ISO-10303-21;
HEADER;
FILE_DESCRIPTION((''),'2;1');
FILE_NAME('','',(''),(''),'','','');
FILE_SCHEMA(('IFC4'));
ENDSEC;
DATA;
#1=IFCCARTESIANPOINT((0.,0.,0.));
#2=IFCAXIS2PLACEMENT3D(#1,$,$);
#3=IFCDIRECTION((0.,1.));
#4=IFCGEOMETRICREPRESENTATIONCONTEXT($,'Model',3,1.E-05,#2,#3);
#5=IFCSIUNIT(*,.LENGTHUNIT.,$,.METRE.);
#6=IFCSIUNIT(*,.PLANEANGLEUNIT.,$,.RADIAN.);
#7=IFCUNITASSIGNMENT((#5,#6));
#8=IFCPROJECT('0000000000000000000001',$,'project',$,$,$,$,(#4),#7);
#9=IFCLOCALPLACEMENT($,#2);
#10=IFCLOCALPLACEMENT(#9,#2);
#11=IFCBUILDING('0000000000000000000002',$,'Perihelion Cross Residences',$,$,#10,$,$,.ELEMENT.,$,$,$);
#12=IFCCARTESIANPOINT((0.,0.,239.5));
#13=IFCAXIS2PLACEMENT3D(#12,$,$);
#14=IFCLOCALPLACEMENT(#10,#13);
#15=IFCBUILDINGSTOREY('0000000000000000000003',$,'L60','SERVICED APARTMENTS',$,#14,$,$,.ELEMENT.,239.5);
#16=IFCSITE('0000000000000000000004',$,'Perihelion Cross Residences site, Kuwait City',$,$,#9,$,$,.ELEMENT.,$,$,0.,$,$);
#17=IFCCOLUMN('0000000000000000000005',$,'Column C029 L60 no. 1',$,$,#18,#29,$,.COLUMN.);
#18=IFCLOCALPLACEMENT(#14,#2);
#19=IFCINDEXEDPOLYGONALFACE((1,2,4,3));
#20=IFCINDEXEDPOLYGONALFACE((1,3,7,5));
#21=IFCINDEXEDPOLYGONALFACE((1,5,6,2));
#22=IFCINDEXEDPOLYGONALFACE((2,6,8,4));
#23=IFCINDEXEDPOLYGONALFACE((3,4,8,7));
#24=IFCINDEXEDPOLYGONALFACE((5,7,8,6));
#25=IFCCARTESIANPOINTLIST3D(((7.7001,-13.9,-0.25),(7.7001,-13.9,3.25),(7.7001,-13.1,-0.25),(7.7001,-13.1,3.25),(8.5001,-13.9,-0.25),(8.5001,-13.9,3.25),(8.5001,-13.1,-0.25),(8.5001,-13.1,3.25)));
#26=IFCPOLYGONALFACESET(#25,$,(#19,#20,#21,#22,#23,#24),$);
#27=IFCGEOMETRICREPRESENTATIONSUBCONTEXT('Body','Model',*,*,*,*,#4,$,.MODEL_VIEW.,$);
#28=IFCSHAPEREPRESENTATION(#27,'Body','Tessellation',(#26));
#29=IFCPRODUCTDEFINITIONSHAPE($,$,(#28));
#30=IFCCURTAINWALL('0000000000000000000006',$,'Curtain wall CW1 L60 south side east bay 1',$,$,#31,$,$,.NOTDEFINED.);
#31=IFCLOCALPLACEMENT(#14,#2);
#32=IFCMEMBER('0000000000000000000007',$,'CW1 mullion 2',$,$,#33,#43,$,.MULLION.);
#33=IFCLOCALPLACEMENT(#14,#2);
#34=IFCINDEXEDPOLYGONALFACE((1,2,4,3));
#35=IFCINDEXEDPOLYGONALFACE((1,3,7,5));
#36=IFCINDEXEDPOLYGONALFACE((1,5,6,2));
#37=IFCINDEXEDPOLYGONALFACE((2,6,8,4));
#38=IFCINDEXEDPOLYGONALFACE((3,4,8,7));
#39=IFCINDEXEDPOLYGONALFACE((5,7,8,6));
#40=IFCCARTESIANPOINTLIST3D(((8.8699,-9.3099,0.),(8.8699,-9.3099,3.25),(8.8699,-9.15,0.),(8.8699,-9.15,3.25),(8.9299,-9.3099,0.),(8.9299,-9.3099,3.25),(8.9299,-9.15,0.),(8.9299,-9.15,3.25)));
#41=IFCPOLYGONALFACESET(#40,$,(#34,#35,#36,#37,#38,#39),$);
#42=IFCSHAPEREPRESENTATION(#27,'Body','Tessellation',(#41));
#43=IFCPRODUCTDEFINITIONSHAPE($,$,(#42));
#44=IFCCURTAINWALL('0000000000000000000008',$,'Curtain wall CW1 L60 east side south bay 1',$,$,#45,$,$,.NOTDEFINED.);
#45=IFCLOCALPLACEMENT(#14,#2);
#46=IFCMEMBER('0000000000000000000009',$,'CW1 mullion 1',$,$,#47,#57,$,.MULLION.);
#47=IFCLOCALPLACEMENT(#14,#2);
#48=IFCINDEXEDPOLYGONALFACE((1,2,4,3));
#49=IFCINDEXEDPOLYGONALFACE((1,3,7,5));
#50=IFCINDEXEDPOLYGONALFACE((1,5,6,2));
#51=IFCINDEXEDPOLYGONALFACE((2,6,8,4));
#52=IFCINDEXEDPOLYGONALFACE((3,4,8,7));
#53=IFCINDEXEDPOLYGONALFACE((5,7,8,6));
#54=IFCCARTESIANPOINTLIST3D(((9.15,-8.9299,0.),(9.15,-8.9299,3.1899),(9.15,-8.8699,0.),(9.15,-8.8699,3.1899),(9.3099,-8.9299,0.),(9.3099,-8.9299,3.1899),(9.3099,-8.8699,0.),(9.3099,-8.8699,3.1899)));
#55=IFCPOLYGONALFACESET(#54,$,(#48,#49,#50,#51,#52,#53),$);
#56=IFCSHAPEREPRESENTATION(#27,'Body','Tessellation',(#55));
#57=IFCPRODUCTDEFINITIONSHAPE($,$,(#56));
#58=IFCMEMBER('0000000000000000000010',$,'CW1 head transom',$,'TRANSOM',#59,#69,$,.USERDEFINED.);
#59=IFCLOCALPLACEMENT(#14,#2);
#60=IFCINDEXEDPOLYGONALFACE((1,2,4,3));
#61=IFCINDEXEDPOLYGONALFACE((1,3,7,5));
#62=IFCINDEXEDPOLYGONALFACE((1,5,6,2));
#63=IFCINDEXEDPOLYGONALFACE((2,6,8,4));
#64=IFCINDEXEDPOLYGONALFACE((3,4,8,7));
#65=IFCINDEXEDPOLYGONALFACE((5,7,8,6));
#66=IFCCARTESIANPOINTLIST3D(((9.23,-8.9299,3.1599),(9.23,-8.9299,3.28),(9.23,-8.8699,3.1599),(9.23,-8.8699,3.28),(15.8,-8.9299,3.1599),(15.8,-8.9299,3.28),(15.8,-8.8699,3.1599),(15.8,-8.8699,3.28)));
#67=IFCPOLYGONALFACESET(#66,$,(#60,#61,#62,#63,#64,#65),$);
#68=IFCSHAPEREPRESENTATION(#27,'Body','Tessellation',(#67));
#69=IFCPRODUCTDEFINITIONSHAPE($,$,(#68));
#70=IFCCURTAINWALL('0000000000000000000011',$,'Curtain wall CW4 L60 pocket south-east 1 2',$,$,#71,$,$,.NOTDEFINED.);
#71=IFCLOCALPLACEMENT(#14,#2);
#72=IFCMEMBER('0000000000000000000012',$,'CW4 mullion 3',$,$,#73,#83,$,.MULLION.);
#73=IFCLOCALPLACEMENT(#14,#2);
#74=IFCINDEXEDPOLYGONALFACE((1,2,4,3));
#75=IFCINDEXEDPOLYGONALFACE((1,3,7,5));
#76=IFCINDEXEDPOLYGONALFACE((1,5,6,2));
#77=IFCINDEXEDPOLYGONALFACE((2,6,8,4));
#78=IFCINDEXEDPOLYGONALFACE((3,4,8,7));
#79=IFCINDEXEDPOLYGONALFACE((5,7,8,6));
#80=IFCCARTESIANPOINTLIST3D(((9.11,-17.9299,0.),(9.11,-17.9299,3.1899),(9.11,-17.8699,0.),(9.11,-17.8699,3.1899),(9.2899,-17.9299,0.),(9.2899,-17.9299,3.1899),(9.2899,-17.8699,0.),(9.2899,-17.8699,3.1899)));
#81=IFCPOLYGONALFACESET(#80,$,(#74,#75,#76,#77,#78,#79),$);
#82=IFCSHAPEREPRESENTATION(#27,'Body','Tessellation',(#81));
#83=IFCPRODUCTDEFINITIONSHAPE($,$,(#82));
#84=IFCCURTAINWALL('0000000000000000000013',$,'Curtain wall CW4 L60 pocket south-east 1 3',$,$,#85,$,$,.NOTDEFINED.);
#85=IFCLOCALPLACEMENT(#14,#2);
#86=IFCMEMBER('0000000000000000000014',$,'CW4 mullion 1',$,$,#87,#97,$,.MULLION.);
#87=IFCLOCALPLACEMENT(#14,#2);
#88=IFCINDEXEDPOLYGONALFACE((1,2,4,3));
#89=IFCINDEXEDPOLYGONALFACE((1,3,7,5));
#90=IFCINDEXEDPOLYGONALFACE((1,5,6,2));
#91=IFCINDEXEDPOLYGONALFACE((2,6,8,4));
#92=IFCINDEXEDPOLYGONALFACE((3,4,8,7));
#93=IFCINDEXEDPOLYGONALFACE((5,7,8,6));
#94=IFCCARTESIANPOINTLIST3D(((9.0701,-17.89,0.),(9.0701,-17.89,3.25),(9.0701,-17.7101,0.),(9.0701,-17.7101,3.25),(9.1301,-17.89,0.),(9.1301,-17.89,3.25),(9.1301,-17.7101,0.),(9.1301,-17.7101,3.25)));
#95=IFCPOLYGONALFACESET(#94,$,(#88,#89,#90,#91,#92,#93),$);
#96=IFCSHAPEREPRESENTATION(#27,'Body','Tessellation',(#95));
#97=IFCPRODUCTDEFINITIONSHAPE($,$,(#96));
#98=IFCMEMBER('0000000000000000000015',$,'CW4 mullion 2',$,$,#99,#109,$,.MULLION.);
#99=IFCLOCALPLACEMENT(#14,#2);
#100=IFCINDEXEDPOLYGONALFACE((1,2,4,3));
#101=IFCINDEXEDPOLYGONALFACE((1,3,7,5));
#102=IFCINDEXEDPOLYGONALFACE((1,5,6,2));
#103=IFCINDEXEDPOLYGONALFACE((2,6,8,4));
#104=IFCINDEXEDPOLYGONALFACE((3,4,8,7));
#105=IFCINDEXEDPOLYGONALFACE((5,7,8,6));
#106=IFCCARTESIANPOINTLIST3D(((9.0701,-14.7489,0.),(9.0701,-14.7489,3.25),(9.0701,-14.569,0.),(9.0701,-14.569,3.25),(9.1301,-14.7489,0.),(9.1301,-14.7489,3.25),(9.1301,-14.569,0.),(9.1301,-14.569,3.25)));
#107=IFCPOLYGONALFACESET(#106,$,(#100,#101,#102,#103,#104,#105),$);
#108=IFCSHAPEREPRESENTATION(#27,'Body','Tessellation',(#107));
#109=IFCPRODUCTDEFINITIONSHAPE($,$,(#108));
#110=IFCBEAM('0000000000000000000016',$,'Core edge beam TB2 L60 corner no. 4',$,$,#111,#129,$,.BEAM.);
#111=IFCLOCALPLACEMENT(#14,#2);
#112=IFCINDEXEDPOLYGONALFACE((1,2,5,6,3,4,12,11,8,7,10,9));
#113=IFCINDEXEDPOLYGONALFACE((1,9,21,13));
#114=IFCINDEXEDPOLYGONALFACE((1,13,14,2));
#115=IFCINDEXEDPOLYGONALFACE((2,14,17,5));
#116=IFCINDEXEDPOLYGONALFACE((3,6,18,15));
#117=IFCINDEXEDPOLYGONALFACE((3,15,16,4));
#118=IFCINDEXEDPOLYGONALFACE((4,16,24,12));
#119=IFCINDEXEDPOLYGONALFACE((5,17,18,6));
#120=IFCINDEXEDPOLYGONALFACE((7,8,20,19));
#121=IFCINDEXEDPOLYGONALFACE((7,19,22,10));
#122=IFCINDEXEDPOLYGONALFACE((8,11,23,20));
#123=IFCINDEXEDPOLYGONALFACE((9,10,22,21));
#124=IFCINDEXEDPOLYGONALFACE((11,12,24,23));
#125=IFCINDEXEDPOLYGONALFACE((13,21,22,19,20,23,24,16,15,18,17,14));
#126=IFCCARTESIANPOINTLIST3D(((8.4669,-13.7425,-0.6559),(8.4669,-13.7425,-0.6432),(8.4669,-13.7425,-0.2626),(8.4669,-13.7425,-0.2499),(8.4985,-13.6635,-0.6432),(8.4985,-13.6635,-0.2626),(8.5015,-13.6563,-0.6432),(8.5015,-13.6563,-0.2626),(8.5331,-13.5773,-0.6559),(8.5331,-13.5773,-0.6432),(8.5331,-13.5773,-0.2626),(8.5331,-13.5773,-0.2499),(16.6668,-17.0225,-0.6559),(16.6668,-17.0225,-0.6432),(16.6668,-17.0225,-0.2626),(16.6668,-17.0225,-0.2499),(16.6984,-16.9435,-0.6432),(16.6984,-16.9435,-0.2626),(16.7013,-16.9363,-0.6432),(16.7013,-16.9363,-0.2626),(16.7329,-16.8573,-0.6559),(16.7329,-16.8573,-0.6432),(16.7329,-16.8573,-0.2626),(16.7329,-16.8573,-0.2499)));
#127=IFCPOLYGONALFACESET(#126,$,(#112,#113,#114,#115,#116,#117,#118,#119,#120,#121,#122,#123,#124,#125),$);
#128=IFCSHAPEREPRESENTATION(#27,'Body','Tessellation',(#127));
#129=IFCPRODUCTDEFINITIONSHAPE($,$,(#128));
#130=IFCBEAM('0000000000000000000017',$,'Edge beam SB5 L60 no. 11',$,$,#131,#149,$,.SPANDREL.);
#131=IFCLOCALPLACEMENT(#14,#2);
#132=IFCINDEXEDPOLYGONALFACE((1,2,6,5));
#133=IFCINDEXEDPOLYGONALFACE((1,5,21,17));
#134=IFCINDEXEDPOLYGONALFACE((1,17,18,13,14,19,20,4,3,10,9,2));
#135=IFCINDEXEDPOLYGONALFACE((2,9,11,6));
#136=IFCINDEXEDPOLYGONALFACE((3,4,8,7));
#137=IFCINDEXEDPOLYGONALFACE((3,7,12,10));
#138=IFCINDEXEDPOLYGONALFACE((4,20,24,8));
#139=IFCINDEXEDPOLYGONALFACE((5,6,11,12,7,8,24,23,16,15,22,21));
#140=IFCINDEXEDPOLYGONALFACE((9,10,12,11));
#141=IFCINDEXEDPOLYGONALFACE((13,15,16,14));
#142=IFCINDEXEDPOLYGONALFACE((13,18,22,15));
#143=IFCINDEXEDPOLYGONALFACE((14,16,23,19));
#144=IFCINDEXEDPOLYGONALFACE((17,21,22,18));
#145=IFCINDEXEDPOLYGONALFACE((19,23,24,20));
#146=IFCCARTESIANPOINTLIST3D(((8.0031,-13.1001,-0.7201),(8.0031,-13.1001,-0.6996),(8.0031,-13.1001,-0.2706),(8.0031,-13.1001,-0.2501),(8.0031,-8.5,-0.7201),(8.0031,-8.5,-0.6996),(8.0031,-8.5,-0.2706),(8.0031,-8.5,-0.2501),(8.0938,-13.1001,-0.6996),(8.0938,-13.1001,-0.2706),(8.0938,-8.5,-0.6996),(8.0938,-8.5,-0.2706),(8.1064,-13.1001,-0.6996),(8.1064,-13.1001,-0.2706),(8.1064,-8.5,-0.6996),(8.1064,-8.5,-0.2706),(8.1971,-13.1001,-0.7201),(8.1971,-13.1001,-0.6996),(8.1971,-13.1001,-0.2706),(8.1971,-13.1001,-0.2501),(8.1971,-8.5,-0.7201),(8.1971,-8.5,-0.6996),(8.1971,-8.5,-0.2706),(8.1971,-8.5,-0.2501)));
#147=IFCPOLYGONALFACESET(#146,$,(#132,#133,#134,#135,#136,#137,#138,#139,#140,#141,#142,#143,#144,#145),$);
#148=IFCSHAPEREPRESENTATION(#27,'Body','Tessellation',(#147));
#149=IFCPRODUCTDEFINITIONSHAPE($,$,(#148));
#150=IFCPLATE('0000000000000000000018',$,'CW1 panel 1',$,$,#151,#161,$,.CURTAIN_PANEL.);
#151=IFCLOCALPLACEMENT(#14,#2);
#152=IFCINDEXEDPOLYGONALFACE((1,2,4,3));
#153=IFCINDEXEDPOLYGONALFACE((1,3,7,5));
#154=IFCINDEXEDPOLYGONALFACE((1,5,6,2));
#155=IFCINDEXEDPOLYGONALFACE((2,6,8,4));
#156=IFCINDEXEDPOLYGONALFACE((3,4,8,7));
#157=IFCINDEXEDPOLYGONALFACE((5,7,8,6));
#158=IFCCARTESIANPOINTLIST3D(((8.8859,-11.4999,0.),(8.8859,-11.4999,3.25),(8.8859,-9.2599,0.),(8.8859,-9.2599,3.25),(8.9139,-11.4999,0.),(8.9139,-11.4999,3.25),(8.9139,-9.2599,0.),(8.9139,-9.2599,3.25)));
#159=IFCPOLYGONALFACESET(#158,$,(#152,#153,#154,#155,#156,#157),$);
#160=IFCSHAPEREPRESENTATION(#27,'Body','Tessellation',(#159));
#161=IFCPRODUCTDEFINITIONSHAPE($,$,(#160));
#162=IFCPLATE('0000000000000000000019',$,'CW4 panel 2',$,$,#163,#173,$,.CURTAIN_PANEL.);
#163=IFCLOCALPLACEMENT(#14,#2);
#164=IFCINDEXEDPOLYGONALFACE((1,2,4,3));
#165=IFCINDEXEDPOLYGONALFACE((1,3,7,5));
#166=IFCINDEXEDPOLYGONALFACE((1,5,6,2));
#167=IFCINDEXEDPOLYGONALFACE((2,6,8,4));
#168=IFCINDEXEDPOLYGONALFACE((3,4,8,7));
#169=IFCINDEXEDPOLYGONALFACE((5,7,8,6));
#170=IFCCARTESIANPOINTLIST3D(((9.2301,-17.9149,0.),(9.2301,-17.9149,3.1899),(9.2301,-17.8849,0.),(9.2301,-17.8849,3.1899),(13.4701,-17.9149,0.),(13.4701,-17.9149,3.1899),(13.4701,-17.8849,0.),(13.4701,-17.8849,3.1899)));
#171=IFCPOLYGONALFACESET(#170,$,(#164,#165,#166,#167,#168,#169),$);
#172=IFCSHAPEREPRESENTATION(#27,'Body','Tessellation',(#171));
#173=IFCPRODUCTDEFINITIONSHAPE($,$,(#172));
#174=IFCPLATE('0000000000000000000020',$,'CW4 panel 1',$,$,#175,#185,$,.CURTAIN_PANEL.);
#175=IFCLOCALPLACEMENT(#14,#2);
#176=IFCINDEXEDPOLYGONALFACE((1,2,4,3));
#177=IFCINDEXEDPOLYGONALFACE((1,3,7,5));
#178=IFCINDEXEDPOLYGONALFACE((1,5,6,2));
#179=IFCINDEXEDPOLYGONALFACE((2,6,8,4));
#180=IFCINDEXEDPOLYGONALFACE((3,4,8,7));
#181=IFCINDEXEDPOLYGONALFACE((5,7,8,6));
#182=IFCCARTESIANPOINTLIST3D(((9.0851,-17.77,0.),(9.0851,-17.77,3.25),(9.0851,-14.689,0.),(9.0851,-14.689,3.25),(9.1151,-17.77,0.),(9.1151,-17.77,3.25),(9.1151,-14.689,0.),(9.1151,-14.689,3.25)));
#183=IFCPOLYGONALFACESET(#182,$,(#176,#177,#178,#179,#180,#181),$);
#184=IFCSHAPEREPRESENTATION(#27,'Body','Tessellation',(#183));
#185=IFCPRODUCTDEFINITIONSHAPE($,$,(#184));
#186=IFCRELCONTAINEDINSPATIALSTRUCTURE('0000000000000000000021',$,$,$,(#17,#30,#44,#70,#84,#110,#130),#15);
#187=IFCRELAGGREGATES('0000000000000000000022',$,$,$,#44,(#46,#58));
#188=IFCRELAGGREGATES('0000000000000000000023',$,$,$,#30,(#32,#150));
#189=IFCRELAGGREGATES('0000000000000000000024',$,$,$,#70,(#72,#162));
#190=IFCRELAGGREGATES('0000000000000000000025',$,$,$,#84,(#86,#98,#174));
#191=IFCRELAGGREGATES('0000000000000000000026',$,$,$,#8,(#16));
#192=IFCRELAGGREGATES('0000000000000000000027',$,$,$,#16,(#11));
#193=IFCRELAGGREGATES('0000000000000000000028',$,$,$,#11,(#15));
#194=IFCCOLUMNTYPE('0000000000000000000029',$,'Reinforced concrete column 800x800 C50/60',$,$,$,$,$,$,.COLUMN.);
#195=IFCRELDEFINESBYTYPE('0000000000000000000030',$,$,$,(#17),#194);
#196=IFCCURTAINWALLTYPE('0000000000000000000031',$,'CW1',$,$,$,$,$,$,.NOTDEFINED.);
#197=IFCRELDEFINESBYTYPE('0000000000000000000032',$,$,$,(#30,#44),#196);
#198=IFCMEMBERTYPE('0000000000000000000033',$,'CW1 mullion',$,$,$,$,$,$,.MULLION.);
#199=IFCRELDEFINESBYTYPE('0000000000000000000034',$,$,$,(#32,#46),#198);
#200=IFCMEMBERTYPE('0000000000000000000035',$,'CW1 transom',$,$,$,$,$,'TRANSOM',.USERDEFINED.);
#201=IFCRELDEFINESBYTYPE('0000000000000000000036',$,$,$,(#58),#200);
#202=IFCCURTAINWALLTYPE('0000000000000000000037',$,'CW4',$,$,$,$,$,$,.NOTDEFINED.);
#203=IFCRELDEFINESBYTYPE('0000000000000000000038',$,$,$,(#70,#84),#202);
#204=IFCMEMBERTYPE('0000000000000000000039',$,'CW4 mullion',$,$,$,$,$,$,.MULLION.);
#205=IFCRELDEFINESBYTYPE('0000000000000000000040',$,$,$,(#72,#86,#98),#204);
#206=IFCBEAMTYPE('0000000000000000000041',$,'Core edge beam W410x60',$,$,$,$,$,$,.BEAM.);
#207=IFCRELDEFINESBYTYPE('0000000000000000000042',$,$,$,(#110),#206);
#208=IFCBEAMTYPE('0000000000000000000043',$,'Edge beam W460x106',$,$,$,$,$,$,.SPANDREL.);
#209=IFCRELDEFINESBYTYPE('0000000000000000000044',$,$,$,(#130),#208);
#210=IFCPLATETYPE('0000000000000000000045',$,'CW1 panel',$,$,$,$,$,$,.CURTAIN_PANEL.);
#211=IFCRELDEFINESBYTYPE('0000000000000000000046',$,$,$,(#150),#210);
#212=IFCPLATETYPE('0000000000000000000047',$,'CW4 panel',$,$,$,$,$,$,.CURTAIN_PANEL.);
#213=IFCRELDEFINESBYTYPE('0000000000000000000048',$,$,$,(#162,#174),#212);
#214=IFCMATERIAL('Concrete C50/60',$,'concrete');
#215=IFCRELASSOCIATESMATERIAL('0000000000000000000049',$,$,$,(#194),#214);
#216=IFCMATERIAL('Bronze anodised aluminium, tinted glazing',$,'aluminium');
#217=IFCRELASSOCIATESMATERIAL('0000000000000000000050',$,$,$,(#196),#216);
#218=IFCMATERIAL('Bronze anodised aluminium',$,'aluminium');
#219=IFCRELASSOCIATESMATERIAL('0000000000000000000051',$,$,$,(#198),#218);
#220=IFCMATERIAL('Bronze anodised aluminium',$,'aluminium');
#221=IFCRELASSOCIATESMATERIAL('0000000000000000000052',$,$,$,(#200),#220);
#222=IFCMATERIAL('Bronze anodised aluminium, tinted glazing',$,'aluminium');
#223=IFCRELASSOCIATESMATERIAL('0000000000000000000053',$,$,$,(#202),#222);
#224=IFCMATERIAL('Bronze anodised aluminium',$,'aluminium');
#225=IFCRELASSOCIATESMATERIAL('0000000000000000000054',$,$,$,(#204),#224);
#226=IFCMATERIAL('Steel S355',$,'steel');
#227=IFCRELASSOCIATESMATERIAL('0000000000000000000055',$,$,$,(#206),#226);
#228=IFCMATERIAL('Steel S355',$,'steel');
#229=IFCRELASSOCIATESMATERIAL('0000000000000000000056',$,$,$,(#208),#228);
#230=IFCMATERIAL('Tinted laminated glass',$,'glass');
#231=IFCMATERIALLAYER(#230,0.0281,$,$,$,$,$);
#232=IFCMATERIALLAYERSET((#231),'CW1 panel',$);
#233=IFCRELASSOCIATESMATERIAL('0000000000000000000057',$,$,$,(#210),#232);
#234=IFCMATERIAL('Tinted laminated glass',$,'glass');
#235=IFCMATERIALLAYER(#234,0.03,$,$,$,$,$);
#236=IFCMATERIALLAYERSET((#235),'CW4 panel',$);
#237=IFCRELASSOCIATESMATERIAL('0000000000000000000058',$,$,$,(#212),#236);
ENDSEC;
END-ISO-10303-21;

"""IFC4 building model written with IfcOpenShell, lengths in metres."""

from ifc_helpers import new_model, si_unit, direction, frame, origin, origin_2d, place, context, subcontext, project, spatial, rectangle, i_section, extrude, material, layer, layer_set, material_profile, profile_set, type_object, element, aggregate, save


model = new_model("IFC4")

# Units and contexts
model_context = context("Model", 3, precision=1e-05, world=origin(), true_north=direction((0.0, 1.0)))
body_context = subcontext(model_context, "Body", "Model", "MODEL_VIEW")
ifc_project = project(units=[si_unit("LENGTHUNIT", "METRE"), si_unit("PLANEANGLEUNIT", "RADIAN")], contexts=[model_context])

# Site, building, storey
site_placement = place(None, origin())
site = spatial("IfcSite", under=ifc_project, at=site_placement, Name="Perihelion Cross Residences site, Kuwait City", CompositionType="ELEMENT", RefElevation=0.0)
building_placement = place(site_placement, origin())
building = spatial("IfcBuilding", under=site, at=building_placement, Name="Perihelion Cross Residences", CompositionType="ELEMENT")
storey_placement = place(building_placement, frame((0.0, 0.0, 239.5)))
storey = spatial("IfcBuildingStorey", under=building, at=storey_placement, Name="L60", Description="SERVICED APARTMENTS", CompositionType="ELEMENT", Elevation=239.5)

# Column
ifc_material_1 = material(Name="Concrete C50/60", Category="concrete")
ifc_material_profile_1 = material_profile(ifc_material_1, rectangle(XDim=0.8, YDim=0.8, at=origin_2d()), Name="RC 800x800")
ifc_profile_set_1 = profile_set([ifc_material_profile_1], Name="Concrete C50/60")
column_type = type_object("IfcColumnType", Name="Reinforced concrete column 800x800 C50/60", PredefinedType="COLUMN", material=ifc_profile_set_1)
column_placement = place(storey_placement, frame((8.1001, -13.5, -0.25), z_axis=(0.0, 0.0, 1.0), x_axis=(1.0, 0.0, 0.0)))
element("IfcColumn", 1, at=column_placement, inside=storey, type_object=column_type, Name="Column C029 L60 no. 1", PredefinedType="COLUMN", context=body_context, shape_type="SweptSolid", body=[
    extrude(rectangle(XDim=0.8, YDim=0.8, at=origin_2d()), origin(), (0.0, 0.0, 1.0), 3.5),
])

# Curtain wall, member
ifc_material_2 = material(Name="Bronze anodised aluminium, tinted glazing", Category="aluminium")
curtain_wall_type_1 = type_object("IfcCurtainWallType", Name="CW1", PredefinedType="NOTDEFINED", material=ifc_material_2)
curtain_wall_1_placement = place(storey_placement, origin())
curtain_wall_1 = element("IfcCurtainWall", 2, at=curtain_wall_1_placement, inside=storey, type_object=curtain_wall_type_1, Name="Curtain wall CW1 L60 south side east bay 1", PredefinedType="NOTDEFINED")
ifc_material_3 = material(Name="Bronze anodised aluminium", Category="aluminium")
ifc_material_profile_2 = material_profile(ifc_material_3, rectangle(XDim=0.0601, YDim=0.1599, at=origin_2d()), Name="CW1 mullion")
ifc_profile_set_2 = profile_set([ifc_material_profile_2], Name="Bronze anodised aluminium")
member_type_1 = type_object("IfcMemberType", Name="CW1 mullion", PredefinedType="MULLION", material=ifc_profile_set_2)
member_1_placement = place(storey_placement, frame((8.8999, -9.23, 0.0), z_axis=(0.0, 0.0, 1.0), x_axis=(-1.0, 0.0, 0.0)))
member_1 = element("IfcMember", 3, at=member_1_placement, type_object=member_type_1, Name="CW1 mullion 2", PredefinedType="MULLION", context=body_context, shape_type="SweptSolid", body=[
    extrude(rectangle(XDim=0.0601, YDim=0.1599, at=origin_2d()), origin(), (0.0, 0.0, 1.0), 3.25),
])

# Curtain wall, members
curtain_wall_2_placement = place(storey_placement, origin())
curtain_wall_2 = element("IfcCurtainWall", 4, at=curtain_wall_2_placement, inside=storey, type_object=curtain_wall_type_1, Name="Curtain wall CW1 L60 east side south bay 1", PredefinedType="NOTDEFINED")
member_2_placement = place(storey_placement, frame((9.23, -8.8999, 0.0), z_axis=(0.0, 0.0, 1.0), x_axis=(0.0, 1.0, 0.0)))
member_2 = element("IfcMember", 5, at=member_2_placement, type_object=member_type_1, Name="CW1 mullion 1", PredefinedType="MULLION", context=body_context, shape_type="SweptSolid", body=[
    extrude(rectangle(XDim=0.0601, YDim=0.1599, at=origin_2d()), origin(), (0.0, 0.0, 1.0), 3.1899),
])
ifc_material_4 = material(Name="Bronze anodised aluminium", Category="aluminium")
ifc_material_profile_3 = material_profile(ifc_material_4, rectangle(XDim=0.0601, YDim=0.1201, at=origin_2d()), Name="CW1 transom")
ifc_profile_set_3 = profile_set([ifc_material_profile_3], Name="Bronze anodised aluminium")
member_type_2 = type_object("IfcMemberType", Name="CW1 transom", ElementType="TRANSOM", PredefinedType="USERDEFINED", material=ifc_profile_set_3)
member_3_placement = place(storey_placement, frame((9.23, -8.8999, 3.22), z_axis=(1.0, 0.0, 0.0), x_axis=(0.0, 1.0, 0.0)))
member_3 = element("IfcMember", 6, at=member_3_placement, type_object=member_type_2, Name="CW1 head transom", ObjectType="TRANSOM", PredefinedType="USERDEFINED", context=body_context, shape_type="SweptSolid", body=[
    extrude(rectangle(XDim=0.0601, YDim=0.1201, at=origin_2d()), origin(), (0.0, 0.0, 1.0), 6.5701),
])
aggregate(curtain_wall_2, [member_2, member_3])

# Curtain wall, member
ifc_material_5 = material(Name="Bronze anodised aluminium, tinted glazing", Category="aluminium")
curtain_wall_type_2 = type_object("IfcCurtainWallType", Name="CW4", PredefinedType="NOTDEFINED", material=ifc_material_5)
curtain_wall_3_placement = place(storey_placement, origin())
curtain_wall_3 = element("IfcCurtainWall", 7, at=curtain_wall_3_placement, inside=storey, type_object=curtain_wall_type_2, Name="Curtain wall CW4 L60 pocket south-east 1 2", PredefinedType="NOTDEFINED")
ifc_material_6 = material(Name="Bronze anodised aluminium", Category="aluminium")
ifc_material_profile_4 = material_profile(ifc_material_6, rectangle(XDim=0.0601, YDim=0.1799, at=origin_2d()), Name="CW4 mullion")
ifc_profile_set_4 = profile_set([ifc_material_profile_4], Name="Bronze anodised aluminium")
member_type_3 = type_object("IfcMemberType", Name="CW4 mullion", PredefinedType="MULLION", material=ifc_profile_set_4)
member_4_placement = place(storey_placement, frame((9.2, -17.8999, 0.0), z_axis=(0.0, 0.0, 1.0), x_axis=(0.0, -1.0, 0.0)))
member_4 = element("IfcMember", 8, at=member_4_placement, type_object=member_type_3, Name="CW4 mullion 3", PredefinedType="MULLION", context=body_context, shape_type="SweptSolid", body=[
    extrude(rectangle(XDim=0.0601, YDim=0.1799, at=origin_2d()), origin(), (0.0, 0.0, 1.0), 3.1899),
])

# Curtain wall, members
curtain_wall_4_placement = place(storey_placement, origin())
curtain_wall_4 = element("IfcCurtainWall", 9, at=curtain_wall_4_placement, inside=storey, type_object=curtain_wall_type_2, Name="Curtain wall CW4 L60 pocket south-east 1 3", PredefinedType="NOTDEFINED")
member_5_placement = place(storey_placement, frame((9.1001, -17.8, 0.0), z_axis=(0.0, 0.0, 1.0), x_axis=(-1.0, 0.0, 0.0)))
member_5 = element("IfcMember", 10, at=member_5_placement, type_object=member_type_3, Name="CW4 mullion 1", PredefinedType="MULLION", context=body_context, shape_type="SweptSolid", body=[
    extrude(rectangle(XDim=0.0601, YDim=0.1799, at=origin_2d()), origin(), (0.0, 0.0, 1.0), 3.25),
])
member_6_placement = place(storey_placement, frame((9.1001, -14.6589, 0.0), z_axis=(0.0, 0.0, 1.0), x_axis=(-1.0, 0.0, 0.0)))
member_6 = element("IfcMember", 11, at=member_6_placement, type_object=member_type_3, Name="CW4 mullion 2", PredefinedType="MULLION", context=body_context, shape_type="SweptSolid", body=[
    extrude(rectangle(XDim=0.0601, YDim=0.1799, at=origin_2d()), origin(), (0.0, 0.0, 1.0), 3.25),
])

# Beams
ifc_material_7 = material(Name="Steel S355", Category="steel")
ifc_material_profile_5 = material_profile(ifc_material_7, i_section(OverallWidth=0.178, OverallDepth=0.406, WebThickness=0.0078, FlangeThickness=0.0127, at=origin_2d()), Name="W410x60")
ifc_profile_set_5 = profile_set([ifc_material_profile_5], Name="Steel S355")
beam_type_1 = type_object("IfcBeamType", Name="Core edge beam W410x60", PredefinedType="BEAM", material=ifc_profile_set_5)
beam_1_placement = place(storey_placement, frame((8.5, -13.6599, -0.4529), z_axis=(0.928475, -0.371395, 0.0), x_axis=(0.371395, 0.928475, 0.0)))
element("IfcBeam", 12, at=beam_1_placement, inside=storey, type_object=beam_type_1, Name="Core edge beam TB2 L60 corner no. 4", PredefinedType="BEAM", context=body_context, shape_type="SweptSolid", body=[
    extrude(i_section(OverallWidth=0.178, OverallDepth=0.406, WebThickness=0.0078, FlangeThickness=0.0127, at=origin_2d()), origin(), (0.0, 0.0, 1.0), 8.8315),
])
ifc_material_8 = material(Name="Steel S355", Category="steel")
ifc_material_profile_6 = material_profile(ifc_material_8, i_section(OverallWidth=0.1941, OverallDepth=0.47, WebThickness=0.0127, FlangeThickness=0.0205, at=origin_2d()), Name="W460x106")
ifc_profile_set_6 = profile_set([ifc_material_profile_6], Name="Steel S355")
beam_type_2 = type_object("IfcBeamType", Name="Edge beam W460x106", PredefinedType="SPANDREL", material=ifc_profile_set_6)
beam_2_placement = place(storey_placement, frame((8.1001, -13.1001, -0.4851), z_axis=(0.0, 1.0, 0.0), x_axis=(-1.0, 0.0, 0.0)))
element("IfcBeam", 13, at=beam_2_placement, inside=storey, type_object=beam_type_2, Name="Edge beam SB5 L60 no. 11", PredefinedType="SPANDREL", context=body_context, shape_type="SweptSolid", body=[
    extrude(i_section(OverallWidth=0.1941, OverallDepth=0.47, WebThickness=0.0127, FlangeThickness=0.0205, at=origin_2d()), origin(), (0.0, 0.0, 1.0), 4.6001),
])

# Plates
ifc_material_9 = material(Name="Tinted laminated glass", Category="glass")
ifc_layer_1 = layer(ifc_material_9, 0.0281)
ifc_layer_set_1 = layer_set([ifc_layer_1], Name="CW1 panel")
plate_type_1 = type_object("IfcPlateType", Name="CW1 panel", PredefinedType="CURTAIN_PANEL", material=ifc_layer_set_1)
plate_1_placement = place(storey_placement, frame((8.8999, -10.3799, 0.0), z_axis=(0.0, 0.0, 1.0), x_axis=(0.0, 1.0, 0.0)))
plate_1 = element("IfcPlate", 14, at=plate_1_placement, type_object=plate_type_1, Name="CW1 panel 1", PredefinedType="CURTAIN_PANEL", context=body_context, shape_type="SweptSolid", body=[
    extrude(rectangle(XDim=2.24, YDim=0.0281, at=origin_2d()), origin(), (0.0, 0.0, 1.0), 3.25),
])
aggregate(curtain_wall_1, [member_1, plate_1])
ifc_material_10 = material(Name="Tinted laminated glass", Category="glass")
ifc_layer_2 = layer(ifc_material_10, 0.03)
ifc_layer_set_2 = layer_set([ifc_layer_2], Name="CW4 panel")
plate_type_2 = type_object("IfcPlateType", Name="CW4 panel", PredefinedType="CURTAIN_PANEL", material=ifc_layer_set_2)
plate_2_placement = place(storey_placement, frame((11.3501, -17.8999, 0.0), z_axis=(0.0, 0.0, 1.0), x_axis=(-1.0, 0.0, 0.0)))
plate_2 = element("IfcPlate", 15, at=plate_2_placement, type_object=plate_type_2, Name="CW4 panel 2", PredefinedType="CURTAIN_PANEL", context=body_context, shape_type="SweptSolid", body=[
    extrude(rectangle(XDim=4.24, YDim=0.03, at=origin_2d()), origin(), (0.0, 0.0, 1.0), 3.1899),
])
aggregate(curtain_wall_3, [member_4, plate_2])
plate_3_placement = place(storey_placement, frame((9.1001, -16.2295, 0.0), z_axis=(0.0, 0.0, 1.0), x_axis=(0.0, 1.0, 0.0)))
plate_3 = element("IfcPlate", 16, at=plate_3_placement, type_object=plate_type_2, Name="CW4 panel 1", PredefinedType="CURTAIN_PANEL", context=body_context, shape_type="SweptSolid", body=[
    extrude(rectangle(XDim=3.0811, YDim=0.03, at=origin_2d()), origin(), (0.0, 0.0, 1.0), 3.25),
])
aggregate(curtain_wall_4, [member_5, member_6, plate_3])

save(model, "model.ifc")
